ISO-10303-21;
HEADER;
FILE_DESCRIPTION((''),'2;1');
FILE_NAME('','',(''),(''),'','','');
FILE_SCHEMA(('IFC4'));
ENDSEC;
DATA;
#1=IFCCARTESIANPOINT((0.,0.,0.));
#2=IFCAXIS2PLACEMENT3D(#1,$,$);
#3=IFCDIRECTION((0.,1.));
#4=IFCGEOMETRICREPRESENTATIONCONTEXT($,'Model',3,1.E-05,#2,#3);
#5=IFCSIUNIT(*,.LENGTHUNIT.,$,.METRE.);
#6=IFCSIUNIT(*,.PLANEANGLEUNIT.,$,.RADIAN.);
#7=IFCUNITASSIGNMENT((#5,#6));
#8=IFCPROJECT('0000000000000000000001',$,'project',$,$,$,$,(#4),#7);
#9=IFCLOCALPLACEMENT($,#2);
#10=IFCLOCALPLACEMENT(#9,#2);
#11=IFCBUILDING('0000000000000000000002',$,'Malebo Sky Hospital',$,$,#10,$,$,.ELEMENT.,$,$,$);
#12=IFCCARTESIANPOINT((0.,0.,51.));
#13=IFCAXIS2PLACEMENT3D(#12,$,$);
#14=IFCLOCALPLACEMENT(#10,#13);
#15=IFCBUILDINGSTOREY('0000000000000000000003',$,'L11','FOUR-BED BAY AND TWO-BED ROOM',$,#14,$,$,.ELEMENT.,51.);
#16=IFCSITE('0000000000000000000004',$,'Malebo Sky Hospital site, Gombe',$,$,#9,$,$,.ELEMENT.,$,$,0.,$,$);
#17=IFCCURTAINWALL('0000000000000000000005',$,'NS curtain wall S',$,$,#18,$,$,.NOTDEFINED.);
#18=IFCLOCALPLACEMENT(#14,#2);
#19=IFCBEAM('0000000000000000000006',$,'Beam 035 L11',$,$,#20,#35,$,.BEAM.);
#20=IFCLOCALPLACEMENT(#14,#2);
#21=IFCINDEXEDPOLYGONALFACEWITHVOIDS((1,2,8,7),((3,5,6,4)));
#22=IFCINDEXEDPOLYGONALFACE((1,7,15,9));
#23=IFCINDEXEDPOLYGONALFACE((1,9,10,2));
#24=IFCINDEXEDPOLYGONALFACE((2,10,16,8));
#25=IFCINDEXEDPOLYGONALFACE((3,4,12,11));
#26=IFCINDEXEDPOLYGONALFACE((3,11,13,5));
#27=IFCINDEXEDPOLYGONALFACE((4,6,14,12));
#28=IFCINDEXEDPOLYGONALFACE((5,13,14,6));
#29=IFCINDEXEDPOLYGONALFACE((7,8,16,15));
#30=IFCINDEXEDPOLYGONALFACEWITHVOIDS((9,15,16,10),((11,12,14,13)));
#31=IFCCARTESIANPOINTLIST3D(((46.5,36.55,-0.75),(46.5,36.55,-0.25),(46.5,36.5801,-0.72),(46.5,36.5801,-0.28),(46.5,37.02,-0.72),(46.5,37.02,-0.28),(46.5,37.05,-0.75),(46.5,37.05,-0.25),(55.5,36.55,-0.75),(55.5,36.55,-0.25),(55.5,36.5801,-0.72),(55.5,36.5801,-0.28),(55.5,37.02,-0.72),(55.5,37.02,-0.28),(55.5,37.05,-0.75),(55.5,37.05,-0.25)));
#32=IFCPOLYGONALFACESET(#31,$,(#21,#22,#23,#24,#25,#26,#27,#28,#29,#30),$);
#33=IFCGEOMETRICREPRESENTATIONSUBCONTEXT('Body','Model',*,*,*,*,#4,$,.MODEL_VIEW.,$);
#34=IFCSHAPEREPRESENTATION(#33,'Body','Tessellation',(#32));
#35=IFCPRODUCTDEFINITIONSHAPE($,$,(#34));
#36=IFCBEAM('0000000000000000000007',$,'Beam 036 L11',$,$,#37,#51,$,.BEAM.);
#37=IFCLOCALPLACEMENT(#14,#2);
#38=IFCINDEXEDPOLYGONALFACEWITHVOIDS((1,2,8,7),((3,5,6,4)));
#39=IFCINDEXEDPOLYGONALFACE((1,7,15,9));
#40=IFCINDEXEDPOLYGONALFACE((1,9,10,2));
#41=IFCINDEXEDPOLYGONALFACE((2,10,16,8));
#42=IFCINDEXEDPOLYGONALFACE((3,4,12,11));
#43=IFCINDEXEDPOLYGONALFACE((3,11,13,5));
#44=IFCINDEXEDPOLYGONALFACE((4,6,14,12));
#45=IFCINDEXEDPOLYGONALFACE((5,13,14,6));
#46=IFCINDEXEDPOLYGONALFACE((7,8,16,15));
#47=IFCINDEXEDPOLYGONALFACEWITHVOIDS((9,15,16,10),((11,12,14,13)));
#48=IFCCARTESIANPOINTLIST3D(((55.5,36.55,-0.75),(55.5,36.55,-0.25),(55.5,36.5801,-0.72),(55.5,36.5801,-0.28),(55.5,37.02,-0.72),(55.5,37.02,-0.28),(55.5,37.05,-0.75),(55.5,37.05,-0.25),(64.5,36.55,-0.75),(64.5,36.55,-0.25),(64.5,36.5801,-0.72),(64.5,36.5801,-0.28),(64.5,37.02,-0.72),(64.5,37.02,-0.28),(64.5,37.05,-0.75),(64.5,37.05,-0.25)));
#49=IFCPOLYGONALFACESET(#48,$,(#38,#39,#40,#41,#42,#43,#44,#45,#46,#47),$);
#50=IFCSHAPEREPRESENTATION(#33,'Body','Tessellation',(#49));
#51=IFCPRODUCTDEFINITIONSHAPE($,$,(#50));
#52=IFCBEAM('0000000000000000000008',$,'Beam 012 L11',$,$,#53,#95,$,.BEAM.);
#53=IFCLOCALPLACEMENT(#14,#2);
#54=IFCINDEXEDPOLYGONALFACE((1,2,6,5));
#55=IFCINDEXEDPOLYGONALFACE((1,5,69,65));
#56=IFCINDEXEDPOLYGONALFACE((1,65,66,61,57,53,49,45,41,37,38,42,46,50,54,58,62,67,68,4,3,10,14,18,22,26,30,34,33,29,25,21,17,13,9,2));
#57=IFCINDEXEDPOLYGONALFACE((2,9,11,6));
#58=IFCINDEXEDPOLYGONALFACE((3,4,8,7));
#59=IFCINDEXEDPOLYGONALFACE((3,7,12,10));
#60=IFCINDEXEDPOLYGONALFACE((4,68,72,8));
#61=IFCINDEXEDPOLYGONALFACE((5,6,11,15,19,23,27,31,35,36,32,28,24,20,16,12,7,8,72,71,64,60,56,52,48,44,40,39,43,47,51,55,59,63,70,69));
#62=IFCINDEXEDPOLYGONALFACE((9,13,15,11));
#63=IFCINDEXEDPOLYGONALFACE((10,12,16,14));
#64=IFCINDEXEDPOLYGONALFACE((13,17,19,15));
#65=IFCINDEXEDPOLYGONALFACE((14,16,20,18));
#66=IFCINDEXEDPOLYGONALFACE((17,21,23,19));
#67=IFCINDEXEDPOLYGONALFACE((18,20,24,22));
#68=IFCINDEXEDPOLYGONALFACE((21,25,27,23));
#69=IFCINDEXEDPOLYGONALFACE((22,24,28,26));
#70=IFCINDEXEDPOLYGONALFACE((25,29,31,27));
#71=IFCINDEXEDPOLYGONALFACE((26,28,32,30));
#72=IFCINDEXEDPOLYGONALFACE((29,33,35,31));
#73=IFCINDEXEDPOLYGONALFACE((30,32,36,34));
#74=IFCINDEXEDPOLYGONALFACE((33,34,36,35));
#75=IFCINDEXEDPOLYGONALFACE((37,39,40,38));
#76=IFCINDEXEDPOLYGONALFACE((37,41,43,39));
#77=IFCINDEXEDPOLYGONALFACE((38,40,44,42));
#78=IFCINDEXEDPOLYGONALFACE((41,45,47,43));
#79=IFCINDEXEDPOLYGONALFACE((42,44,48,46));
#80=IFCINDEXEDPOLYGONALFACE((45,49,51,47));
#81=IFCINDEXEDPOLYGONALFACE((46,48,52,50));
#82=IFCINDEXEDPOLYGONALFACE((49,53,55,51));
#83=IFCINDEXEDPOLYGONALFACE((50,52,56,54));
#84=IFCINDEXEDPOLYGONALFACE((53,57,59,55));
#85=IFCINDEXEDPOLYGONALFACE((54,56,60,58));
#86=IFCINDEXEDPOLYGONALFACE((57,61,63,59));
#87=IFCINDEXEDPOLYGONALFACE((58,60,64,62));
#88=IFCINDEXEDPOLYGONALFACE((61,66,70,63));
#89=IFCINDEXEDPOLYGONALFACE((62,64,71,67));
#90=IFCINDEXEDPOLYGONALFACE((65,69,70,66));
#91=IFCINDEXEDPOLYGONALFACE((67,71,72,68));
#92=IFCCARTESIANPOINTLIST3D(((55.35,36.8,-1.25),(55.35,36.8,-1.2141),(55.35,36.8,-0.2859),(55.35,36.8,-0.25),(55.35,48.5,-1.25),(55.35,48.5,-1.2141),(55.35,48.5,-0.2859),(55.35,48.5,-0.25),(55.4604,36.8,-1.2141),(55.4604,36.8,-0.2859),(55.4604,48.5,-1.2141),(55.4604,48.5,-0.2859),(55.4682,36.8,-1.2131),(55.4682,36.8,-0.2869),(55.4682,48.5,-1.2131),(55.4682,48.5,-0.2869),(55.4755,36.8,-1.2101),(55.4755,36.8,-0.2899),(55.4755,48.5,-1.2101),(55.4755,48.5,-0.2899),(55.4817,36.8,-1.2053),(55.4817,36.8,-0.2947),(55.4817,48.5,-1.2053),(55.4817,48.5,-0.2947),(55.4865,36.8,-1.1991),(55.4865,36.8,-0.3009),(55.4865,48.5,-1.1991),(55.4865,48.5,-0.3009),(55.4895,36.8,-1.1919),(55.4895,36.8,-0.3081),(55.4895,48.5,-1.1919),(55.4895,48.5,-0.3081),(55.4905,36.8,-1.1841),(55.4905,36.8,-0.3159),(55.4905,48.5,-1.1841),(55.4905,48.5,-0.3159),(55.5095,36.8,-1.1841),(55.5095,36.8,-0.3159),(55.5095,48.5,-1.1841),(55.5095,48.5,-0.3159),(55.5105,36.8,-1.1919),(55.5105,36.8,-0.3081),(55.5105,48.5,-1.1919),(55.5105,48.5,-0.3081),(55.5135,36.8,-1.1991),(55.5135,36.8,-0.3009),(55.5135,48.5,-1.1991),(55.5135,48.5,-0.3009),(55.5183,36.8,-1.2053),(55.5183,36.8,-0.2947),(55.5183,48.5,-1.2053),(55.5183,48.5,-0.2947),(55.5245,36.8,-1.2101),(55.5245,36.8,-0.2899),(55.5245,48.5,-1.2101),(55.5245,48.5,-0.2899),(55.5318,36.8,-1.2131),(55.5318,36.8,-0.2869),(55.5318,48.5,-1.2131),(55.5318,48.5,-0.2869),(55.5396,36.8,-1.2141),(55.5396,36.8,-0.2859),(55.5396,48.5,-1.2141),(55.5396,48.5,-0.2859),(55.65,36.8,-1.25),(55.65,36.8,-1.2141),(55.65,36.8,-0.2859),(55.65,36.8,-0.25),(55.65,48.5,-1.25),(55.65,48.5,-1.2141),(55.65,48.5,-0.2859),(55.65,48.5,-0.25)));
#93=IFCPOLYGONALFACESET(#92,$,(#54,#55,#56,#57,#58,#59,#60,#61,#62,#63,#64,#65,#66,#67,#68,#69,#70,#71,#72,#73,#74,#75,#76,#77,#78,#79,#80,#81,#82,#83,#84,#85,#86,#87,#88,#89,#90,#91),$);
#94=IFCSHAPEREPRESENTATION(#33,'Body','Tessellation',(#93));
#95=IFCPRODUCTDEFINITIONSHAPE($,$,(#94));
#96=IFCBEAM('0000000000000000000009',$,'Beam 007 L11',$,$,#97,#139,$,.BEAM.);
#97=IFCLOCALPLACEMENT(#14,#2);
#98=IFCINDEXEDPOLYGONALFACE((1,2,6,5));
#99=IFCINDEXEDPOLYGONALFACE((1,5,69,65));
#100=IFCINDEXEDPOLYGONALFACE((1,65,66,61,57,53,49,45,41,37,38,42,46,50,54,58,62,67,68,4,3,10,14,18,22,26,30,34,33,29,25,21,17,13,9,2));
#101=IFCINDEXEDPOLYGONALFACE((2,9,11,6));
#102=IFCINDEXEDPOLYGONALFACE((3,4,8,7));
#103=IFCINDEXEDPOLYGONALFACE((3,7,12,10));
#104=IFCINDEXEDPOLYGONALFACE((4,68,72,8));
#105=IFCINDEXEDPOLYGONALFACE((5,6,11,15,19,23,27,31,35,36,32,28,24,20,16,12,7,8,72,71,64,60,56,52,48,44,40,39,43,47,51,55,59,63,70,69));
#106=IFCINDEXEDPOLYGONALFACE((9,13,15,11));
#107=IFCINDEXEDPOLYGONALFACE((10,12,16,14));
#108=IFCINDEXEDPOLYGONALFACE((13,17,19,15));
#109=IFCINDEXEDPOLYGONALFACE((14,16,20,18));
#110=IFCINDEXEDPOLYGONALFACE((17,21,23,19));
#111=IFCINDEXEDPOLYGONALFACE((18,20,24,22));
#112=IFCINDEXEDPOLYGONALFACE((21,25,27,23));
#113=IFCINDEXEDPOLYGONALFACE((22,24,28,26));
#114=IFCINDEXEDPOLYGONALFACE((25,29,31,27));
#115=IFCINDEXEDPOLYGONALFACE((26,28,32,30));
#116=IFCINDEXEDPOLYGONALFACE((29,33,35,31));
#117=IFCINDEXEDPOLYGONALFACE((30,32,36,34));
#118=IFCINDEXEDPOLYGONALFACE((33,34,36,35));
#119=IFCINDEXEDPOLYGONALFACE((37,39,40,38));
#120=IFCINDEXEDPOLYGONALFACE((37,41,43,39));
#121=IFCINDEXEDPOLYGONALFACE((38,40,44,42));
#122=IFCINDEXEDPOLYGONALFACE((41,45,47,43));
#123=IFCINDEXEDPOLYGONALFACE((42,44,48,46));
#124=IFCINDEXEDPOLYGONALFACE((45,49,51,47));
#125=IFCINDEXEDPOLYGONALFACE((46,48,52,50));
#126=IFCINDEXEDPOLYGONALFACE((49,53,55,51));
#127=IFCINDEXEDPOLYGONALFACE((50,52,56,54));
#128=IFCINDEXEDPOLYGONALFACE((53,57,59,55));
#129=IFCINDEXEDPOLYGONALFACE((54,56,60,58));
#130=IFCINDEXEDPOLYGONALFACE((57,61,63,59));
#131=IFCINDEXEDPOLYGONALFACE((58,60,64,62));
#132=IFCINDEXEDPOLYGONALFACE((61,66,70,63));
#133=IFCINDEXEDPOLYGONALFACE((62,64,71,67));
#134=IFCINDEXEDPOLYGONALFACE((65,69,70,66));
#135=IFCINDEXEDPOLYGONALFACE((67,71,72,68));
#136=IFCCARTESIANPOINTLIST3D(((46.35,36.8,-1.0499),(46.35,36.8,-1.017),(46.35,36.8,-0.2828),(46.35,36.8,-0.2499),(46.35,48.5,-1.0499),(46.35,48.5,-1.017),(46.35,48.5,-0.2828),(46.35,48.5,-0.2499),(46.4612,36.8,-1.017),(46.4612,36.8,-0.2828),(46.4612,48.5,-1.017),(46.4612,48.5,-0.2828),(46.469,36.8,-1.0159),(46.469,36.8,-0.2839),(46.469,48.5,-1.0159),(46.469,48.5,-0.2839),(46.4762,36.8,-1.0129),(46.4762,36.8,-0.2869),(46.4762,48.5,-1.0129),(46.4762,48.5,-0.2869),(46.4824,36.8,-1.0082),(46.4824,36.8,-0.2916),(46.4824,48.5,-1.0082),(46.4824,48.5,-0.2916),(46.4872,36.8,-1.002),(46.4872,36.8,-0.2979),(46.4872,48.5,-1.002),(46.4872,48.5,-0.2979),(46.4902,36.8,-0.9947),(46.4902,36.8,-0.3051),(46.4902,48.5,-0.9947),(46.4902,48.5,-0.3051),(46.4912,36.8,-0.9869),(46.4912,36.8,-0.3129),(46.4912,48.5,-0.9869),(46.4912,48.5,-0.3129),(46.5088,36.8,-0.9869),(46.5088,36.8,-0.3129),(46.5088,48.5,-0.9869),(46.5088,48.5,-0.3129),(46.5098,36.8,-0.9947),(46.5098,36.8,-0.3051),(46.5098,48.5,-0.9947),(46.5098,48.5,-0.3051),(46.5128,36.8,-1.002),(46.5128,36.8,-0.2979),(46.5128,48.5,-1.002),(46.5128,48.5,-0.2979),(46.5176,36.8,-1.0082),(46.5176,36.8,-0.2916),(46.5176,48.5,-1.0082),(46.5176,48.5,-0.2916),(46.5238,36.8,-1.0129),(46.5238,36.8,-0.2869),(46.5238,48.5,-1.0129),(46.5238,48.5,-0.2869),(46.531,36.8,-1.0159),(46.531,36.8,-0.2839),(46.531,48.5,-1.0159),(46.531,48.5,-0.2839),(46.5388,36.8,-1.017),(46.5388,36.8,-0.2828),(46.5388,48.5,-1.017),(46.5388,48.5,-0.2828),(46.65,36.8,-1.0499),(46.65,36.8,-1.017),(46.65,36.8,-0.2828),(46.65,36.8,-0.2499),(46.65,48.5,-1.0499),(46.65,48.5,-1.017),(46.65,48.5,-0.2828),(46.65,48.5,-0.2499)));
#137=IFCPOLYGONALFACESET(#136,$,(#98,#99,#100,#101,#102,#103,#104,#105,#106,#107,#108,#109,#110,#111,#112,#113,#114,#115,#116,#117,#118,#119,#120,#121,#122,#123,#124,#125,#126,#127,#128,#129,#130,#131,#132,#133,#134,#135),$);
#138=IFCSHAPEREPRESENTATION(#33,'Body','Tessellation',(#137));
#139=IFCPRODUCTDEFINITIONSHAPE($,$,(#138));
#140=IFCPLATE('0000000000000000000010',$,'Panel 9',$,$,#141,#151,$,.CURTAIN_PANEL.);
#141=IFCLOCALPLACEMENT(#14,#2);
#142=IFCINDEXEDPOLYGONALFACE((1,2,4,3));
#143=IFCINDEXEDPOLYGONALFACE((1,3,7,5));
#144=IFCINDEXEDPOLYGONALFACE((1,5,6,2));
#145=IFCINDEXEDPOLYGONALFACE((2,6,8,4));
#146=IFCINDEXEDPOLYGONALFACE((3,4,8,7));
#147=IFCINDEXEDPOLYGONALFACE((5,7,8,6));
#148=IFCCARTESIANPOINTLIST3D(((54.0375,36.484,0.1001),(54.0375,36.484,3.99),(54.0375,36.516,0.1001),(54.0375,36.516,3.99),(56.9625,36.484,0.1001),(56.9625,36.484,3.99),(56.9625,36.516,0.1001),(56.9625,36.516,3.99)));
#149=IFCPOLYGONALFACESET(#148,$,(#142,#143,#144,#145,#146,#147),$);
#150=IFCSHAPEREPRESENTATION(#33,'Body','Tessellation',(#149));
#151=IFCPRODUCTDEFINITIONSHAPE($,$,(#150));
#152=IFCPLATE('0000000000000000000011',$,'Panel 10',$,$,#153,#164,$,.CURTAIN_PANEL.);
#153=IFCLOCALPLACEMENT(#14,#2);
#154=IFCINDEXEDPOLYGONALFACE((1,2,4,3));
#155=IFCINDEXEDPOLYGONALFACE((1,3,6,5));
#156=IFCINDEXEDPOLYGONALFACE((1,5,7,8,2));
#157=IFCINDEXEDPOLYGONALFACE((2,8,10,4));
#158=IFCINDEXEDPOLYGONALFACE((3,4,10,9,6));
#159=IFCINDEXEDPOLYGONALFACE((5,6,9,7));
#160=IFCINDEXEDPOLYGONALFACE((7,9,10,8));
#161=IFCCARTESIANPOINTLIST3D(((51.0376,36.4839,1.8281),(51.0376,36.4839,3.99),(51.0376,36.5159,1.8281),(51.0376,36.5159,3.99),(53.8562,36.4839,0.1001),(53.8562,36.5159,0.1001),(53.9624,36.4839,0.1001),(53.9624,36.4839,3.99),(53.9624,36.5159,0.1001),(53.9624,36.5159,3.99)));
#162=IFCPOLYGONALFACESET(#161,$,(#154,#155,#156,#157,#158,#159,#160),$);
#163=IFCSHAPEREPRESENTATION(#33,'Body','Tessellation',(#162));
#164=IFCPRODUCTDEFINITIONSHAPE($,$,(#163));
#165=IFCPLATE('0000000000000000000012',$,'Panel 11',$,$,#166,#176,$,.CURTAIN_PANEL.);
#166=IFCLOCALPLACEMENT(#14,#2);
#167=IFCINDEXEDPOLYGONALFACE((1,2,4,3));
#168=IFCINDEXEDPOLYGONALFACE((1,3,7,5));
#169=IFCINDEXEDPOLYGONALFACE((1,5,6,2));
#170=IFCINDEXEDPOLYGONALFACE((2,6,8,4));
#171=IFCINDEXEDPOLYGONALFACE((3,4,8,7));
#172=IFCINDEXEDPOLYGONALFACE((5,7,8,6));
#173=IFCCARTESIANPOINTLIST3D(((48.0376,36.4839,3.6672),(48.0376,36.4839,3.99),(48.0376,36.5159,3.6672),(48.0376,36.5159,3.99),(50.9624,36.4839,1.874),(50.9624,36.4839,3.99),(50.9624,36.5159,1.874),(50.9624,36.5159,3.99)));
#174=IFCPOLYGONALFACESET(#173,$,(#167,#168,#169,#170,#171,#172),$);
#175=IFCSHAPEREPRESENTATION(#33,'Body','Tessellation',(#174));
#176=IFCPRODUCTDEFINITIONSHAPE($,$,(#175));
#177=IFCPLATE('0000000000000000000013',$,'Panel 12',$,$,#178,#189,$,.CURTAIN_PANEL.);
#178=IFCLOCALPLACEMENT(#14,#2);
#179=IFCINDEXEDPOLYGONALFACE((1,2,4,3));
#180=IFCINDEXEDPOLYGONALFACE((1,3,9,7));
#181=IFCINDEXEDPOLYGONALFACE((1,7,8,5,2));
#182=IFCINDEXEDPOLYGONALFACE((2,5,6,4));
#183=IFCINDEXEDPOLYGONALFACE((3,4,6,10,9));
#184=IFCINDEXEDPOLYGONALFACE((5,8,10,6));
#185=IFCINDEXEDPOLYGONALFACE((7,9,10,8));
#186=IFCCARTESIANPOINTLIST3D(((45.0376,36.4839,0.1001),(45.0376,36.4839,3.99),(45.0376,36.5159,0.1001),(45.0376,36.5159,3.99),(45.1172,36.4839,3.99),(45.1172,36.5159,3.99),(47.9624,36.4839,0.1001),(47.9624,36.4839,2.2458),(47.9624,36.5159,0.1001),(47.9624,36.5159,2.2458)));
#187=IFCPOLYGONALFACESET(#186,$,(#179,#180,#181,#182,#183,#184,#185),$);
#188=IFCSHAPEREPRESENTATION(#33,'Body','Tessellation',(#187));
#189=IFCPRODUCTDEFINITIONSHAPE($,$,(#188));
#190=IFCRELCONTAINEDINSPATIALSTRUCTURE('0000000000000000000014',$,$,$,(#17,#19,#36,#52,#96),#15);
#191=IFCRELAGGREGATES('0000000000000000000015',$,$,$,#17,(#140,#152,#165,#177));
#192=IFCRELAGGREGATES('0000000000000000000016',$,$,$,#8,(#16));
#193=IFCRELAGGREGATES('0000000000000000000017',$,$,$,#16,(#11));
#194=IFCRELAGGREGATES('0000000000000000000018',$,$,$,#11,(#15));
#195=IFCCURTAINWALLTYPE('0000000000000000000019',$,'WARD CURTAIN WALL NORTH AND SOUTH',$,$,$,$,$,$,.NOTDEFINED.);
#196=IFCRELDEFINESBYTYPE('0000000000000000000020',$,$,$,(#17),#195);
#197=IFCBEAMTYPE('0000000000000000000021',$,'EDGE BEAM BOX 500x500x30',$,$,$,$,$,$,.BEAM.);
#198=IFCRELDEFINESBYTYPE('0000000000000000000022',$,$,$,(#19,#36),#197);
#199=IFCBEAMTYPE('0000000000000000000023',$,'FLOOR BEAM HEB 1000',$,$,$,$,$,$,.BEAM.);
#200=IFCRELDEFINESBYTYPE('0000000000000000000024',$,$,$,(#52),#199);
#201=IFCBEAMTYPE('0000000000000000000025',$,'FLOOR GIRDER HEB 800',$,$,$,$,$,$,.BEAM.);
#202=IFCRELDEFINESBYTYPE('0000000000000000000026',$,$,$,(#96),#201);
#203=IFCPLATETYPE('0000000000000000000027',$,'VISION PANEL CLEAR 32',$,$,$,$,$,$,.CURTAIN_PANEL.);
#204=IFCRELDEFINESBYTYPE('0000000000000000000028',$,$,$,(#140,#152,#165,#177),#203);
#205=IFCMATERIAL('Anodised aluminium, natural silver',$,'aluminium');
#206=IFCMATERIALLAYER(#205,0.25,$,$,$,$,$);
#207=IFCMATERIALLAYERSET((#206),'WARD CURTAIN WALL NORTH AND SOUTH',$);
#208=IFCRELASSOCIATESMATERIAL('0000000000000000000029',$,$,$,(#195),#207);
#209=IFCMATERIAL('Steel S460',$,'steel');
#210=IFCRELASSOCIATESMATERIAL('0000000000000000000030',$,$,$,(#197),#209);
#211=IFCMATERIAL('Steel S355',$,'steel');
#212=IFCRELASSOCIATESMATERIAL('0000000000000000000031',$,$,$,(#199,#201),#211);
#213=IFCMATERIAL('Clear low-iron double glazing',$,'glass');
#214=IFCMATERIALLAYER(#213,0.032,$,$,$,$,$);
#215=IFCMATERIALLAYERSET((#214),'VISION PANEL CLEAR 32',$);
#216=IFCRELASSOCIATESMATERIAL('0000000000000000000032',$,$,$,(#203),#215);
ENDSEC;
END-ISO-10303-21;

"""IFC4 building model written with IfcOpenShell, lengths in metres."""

from ifc_helpers import new_model, si_unit, direction, frame, origin, origin_2d, place, context, subcontext, project, spatial, polyline, rectangle, hollow_rectangle, i_section, outline, extrude, material, layer, layer_set, material_profile, profile_set, type_object, element, aggregate, save


model = new_model("IFC4")

# Units and contexts
model_context = context("Model", 3, precision=1e-05, world=origin(), true_north=direction((0.0, 1.0)))
body_context = subcontext(model_context, "Body", "Model", "MODEL_VIEW")
ifc_project = project(units=[si_unit("LENGTHUNIT", "METRE"), si_unit("PLANEANGLEUNIT", "RADIAN")], contexts=[model_context])

# Site, building, storey
site_placement = place(None, origin())
site = spatial("IfcSite", under=ifc_project, at=site_placement, Name="Malebo Sky Hospital site, Gombe", CompositionType="ELEMENT", RefElevation=0.0)
building_placement = place(site_placement, origin())
building = spatial("IfcBuilding", under=site, at=building_placement, Name="Malebo Sky Hospital", CompositionType="ELEMENT")
storey_placement = place(building_placement, frame((0.0, 0.0, 51.0)))
storey = spatial("IfcBuildingStorey", under=building, at=storey_placement, Name="L11", Description="FOUR-BED BAY AND TWO-BED ROOM", CompositionType="ELEMENT", Elevation=51.0)

# Shared definitions
ifc_material_1 = material(Name="Steel S460", Category="steel")

# Curtain wall
ifc_material_2 = material(Name="Anodised aluminium, natural silver", Category="aluminium")
ifc_layer_1 = layer(ifc_material_2, 0.25)
ifc_layer_set_1 = layer_set([ifc_layer_1], Name="WARD CURTAIN WALL NORTH AND SOUTH")
curtain_wall_type = type_object("IfcCurtainWallType", Name="WARD CURTAIN WALL NORTH AND SOUTH", PredefinedType="NOTDEFINED", material=ifc_layer_set_1)
curtain_wall_placement = place(storey_placement, origin())
curtain_wall = element("IfcCurtainWall", 1, at=curtain_wall_placement, inside=storey, type_object=curtain_wall_type, Name="NS curtain wall S", PredefinedType="NOTDEFINED")

# Shared definitions
ifc_material_3 = material(Name="Steel S355", Category="steel")

# Beams
ifc_material_profile_1 = material_profile(ifc_material_1, hollow_rectangle(XDim=0.5, YDim=0.5, WallThickness=0.03, at=origin_2d()), Name="BOX 500x500x30")
ifc_profile_set_1 = profile_set([ifc_material_profile_1], Name="Steel S460")
beam_type_1 = type_object("IfcBeamType", Name="EDGE BEAM BOX 500x500x30", PredefinedType="BEAM", material=ifc_profile_set_1)
for number, where, z_axis, x_axis, name in (
    (2, (46.5, 36.8, -0.5), (1.0, 0.0, 0.0), (0.0, 1.0, 0.0), "Beam 035 L11"),
    (3, (55.5, 36.8, -0.5), (1.0, 0.0, 0.0), (0.0, 1.0, 0.0), "Beam 036 L11"),
):
    element("IfcBeam", number, at=place(storey_placement, frame(where, z_axis=z_axis, x_axis=x_axis)), inside=storey, type_object=beam_type_1, Name=name, PredefinedType="BEAM", context=body_context, shape_type="SweptSolid", body=[
        extrude(hollow_rectangle(XDim=0.5, YDim=0.5, WallThickness=0.03, at=origin_2d()), origin(), (0.0, 0.0, 1.0), 9.0),
    ])
ifc_material_profile_2 = material_profile(ifc_material_3, i_section(OverallWidth=0.3, OverallDepth=1.0, WebThickness=0.019, FlangeThickness=0.0359, FilletRadius=0.03, at=origin_2d()), Name="HEB 1000")
ifc_profile_set_2 = profile_set([ifc_material_profile_2], Name="Steel S355")
beam_type_2 = type_object("IfcBeamType", Name="FLOOR BEAM HEB 1000", PredefinedType="BEAM", material=ifc_profile_set_2)
beam_1_placement = place(storey_placement, frame((55.5, 36.8, -0.75), z_axis=(0.0, 1.0, 0.0), x_axis=(-1.0, 0.0, 0.0)))
element("IfcBeam", 4, at=beam_1_placement, inside=storey, type_object=beam_type_2, Name="Beam 012 L11", PredefinedType="BEAM", context=body_context, shape_type="SweptSolid", body=[
    extrude(i_section(OverallWidth=0.3, OverallDepth=1.0, WebThickness=0.019, FlangeThickness=0.0359, FilletRadius=0.03, at=origin_2d()), origin(), (0.0, 0.0, 1.0), 11.7),
])
ifc_material_profile_3 = material_profile(ifc_material_3, i_section(OverallWidth=0.3, OverallDepth=0.8, WebThickness=0.0176, FlangeThickness=0.033, FilletRadius=0.03, at=origin_2d()), Name="HEB 800")
ifc_profile_set_3 = profile_set([ifc_material_profile_3], Name="Steel S355")
beam_type_3 = type_object("IfcBeamType", Name="FLOOR GIRDER HEB 800", PredefinedType="BEAM", material=ifc_profile_set_3)
beam_2_placement = place(storey_placement, frame((46.5, 36.8, -0.6499), z_axis=(0.0, 1.0, 0.0), x_axis=(-1.0, 0.0, 0.0)))
element("IfcBeam", 5, at=beam_2_placement, inside=storey, type_object=beam_type_3, Name="Beam 007 L11", PredefinedType="BEAM", context=body_context, shape_type="SweptSolid", body=[
    extrude(i_section(OverallWidth=0.3, OverallDepth=0.8, WebThickness=0.0176, FlangeThickness=0.033, FilletRadius=0.03, at=origin_2d()), origin(), (0.0, 0.0, 1.0), 11.7),
])

# Plates
ifc_material_4 = material(Name="Clear low-iron double glazing", Category="glass")
ifc_layer_2 = layer(ifc_material_4, 0.032)
ifc_layer_set_2 = layer_set([ifc_layer_2], Name="VISION PANEL CLEAR 32")
plate_type = type_object("IfcPlateType", Name="VISION PANEL CLEAR 32", PredefinedType="CURTAIN_PANEL", material=ifc_layer_set_2)
plate_1_placement = place(storey_placement, frame((55.5, 36.5, 0.1001), z_axis=(0.0, 0.0, 1.0), x_axis=(-1.0, 0.0, 0.0)))
plate_1 = element("IfcPlate", 6, at=plate_1_placement, type_object=plate_type, Name="Panel 9", PredefinedType="CURTAIN_PANEL", context=body_context, shape_type="SweptSolid", body=[
    extrude(rectangle(XDim=2.925, YDim=0.032, at=origin_2d()), origin(), (0.0, 0.0, 1.0), 3.8899),
])
plate_2_placement = place(storey_placement, frame((52.5, 36.5, 0.1001), z_axis=(0.0, 0.0, 1.0), x_axis=(-1.0, 0.0, 0.0)))
plate_2 = element("IfcPlate", 7, at=plate_2_placement, type_object=plate_type, Name="Panel 10", PredefinedType="CURTAIN_PANEL", context=body_context, shape_type="SweptSolid", body=[
    extrude(outline(polyline([(-1.4624, 0.0), (-1.3562, 0.0), (1.4624, 1.728), (1.4624, 3.8899), (-1.4624, 3.8899), (-1.4624, 0.0)])), frame((0.0, 0.0161, 0.0), z_axis=(0.0, -1.0, 0.0), x_axis=(1.0, 0.0, 0.0)), (0.0, 0.0, 1.0), 0.032),
])
plate_3_placement = place(storey_placement, frame((49.5, 36.5, 1.874), z_axis=(0.0, 0.0, 1.0), x_axis=(-1.0, 0.0, 0.0)))
plate_3 = element("IfcPlate", 8, at=plate_3_placement, type_object=plate_type, Name="Panel 11", PredefinedType="CURTAIN_PANEL", context=body_context, shape_type="SweptSolid", body=[
    extrude(outline(polyline([(-1.4624, 0.0), (1.4624, 1.7932), (1.4624, 2.116), (-1.4624, 2.116), (-1.4624, 0.0)])), frame((0.0, 0.0161, 0.0), z_axis=(0.0, -1.0, 0.0), x_axis=(1.0, 0.0, 0.0)), (0.0, 0.0, 1.0), 0.032),
])
plate_4_placement = place(storey_placement, frame((46.5, 36.5, 0.1001), z_axis=(0.0, 0.0, 1.0), x_axis=(-1.0, 0.0, 0.0)))
plate_4 = element("IfcPlate", 9, at=plate_4_placement, type_object=plate_type, Name="Panel 12", PredefinedType="CURTAIN_PANEL", context=body_context, shape_type="SweptSolid", body=[
    extrude(outline(polyline([(-1.4624, 0.0), (1.4624, 0.0), (1.4624, 3.8899), (1.3828, 3.8899), (-1.4624, 2.1458), (-1.4624, 0.0)])), frame((0.0, 0.0161, 0.0), z_axis=(0.0, -1.0, 0.0), x_axis=(1.0, 0.0, 0.0)), (0.0, 0.0, 1.0), 0.032),
])
aggregate(curtain_wall, [plate_1, plate_2, plate_3, plate_4])

save(model, "model.ifc")
